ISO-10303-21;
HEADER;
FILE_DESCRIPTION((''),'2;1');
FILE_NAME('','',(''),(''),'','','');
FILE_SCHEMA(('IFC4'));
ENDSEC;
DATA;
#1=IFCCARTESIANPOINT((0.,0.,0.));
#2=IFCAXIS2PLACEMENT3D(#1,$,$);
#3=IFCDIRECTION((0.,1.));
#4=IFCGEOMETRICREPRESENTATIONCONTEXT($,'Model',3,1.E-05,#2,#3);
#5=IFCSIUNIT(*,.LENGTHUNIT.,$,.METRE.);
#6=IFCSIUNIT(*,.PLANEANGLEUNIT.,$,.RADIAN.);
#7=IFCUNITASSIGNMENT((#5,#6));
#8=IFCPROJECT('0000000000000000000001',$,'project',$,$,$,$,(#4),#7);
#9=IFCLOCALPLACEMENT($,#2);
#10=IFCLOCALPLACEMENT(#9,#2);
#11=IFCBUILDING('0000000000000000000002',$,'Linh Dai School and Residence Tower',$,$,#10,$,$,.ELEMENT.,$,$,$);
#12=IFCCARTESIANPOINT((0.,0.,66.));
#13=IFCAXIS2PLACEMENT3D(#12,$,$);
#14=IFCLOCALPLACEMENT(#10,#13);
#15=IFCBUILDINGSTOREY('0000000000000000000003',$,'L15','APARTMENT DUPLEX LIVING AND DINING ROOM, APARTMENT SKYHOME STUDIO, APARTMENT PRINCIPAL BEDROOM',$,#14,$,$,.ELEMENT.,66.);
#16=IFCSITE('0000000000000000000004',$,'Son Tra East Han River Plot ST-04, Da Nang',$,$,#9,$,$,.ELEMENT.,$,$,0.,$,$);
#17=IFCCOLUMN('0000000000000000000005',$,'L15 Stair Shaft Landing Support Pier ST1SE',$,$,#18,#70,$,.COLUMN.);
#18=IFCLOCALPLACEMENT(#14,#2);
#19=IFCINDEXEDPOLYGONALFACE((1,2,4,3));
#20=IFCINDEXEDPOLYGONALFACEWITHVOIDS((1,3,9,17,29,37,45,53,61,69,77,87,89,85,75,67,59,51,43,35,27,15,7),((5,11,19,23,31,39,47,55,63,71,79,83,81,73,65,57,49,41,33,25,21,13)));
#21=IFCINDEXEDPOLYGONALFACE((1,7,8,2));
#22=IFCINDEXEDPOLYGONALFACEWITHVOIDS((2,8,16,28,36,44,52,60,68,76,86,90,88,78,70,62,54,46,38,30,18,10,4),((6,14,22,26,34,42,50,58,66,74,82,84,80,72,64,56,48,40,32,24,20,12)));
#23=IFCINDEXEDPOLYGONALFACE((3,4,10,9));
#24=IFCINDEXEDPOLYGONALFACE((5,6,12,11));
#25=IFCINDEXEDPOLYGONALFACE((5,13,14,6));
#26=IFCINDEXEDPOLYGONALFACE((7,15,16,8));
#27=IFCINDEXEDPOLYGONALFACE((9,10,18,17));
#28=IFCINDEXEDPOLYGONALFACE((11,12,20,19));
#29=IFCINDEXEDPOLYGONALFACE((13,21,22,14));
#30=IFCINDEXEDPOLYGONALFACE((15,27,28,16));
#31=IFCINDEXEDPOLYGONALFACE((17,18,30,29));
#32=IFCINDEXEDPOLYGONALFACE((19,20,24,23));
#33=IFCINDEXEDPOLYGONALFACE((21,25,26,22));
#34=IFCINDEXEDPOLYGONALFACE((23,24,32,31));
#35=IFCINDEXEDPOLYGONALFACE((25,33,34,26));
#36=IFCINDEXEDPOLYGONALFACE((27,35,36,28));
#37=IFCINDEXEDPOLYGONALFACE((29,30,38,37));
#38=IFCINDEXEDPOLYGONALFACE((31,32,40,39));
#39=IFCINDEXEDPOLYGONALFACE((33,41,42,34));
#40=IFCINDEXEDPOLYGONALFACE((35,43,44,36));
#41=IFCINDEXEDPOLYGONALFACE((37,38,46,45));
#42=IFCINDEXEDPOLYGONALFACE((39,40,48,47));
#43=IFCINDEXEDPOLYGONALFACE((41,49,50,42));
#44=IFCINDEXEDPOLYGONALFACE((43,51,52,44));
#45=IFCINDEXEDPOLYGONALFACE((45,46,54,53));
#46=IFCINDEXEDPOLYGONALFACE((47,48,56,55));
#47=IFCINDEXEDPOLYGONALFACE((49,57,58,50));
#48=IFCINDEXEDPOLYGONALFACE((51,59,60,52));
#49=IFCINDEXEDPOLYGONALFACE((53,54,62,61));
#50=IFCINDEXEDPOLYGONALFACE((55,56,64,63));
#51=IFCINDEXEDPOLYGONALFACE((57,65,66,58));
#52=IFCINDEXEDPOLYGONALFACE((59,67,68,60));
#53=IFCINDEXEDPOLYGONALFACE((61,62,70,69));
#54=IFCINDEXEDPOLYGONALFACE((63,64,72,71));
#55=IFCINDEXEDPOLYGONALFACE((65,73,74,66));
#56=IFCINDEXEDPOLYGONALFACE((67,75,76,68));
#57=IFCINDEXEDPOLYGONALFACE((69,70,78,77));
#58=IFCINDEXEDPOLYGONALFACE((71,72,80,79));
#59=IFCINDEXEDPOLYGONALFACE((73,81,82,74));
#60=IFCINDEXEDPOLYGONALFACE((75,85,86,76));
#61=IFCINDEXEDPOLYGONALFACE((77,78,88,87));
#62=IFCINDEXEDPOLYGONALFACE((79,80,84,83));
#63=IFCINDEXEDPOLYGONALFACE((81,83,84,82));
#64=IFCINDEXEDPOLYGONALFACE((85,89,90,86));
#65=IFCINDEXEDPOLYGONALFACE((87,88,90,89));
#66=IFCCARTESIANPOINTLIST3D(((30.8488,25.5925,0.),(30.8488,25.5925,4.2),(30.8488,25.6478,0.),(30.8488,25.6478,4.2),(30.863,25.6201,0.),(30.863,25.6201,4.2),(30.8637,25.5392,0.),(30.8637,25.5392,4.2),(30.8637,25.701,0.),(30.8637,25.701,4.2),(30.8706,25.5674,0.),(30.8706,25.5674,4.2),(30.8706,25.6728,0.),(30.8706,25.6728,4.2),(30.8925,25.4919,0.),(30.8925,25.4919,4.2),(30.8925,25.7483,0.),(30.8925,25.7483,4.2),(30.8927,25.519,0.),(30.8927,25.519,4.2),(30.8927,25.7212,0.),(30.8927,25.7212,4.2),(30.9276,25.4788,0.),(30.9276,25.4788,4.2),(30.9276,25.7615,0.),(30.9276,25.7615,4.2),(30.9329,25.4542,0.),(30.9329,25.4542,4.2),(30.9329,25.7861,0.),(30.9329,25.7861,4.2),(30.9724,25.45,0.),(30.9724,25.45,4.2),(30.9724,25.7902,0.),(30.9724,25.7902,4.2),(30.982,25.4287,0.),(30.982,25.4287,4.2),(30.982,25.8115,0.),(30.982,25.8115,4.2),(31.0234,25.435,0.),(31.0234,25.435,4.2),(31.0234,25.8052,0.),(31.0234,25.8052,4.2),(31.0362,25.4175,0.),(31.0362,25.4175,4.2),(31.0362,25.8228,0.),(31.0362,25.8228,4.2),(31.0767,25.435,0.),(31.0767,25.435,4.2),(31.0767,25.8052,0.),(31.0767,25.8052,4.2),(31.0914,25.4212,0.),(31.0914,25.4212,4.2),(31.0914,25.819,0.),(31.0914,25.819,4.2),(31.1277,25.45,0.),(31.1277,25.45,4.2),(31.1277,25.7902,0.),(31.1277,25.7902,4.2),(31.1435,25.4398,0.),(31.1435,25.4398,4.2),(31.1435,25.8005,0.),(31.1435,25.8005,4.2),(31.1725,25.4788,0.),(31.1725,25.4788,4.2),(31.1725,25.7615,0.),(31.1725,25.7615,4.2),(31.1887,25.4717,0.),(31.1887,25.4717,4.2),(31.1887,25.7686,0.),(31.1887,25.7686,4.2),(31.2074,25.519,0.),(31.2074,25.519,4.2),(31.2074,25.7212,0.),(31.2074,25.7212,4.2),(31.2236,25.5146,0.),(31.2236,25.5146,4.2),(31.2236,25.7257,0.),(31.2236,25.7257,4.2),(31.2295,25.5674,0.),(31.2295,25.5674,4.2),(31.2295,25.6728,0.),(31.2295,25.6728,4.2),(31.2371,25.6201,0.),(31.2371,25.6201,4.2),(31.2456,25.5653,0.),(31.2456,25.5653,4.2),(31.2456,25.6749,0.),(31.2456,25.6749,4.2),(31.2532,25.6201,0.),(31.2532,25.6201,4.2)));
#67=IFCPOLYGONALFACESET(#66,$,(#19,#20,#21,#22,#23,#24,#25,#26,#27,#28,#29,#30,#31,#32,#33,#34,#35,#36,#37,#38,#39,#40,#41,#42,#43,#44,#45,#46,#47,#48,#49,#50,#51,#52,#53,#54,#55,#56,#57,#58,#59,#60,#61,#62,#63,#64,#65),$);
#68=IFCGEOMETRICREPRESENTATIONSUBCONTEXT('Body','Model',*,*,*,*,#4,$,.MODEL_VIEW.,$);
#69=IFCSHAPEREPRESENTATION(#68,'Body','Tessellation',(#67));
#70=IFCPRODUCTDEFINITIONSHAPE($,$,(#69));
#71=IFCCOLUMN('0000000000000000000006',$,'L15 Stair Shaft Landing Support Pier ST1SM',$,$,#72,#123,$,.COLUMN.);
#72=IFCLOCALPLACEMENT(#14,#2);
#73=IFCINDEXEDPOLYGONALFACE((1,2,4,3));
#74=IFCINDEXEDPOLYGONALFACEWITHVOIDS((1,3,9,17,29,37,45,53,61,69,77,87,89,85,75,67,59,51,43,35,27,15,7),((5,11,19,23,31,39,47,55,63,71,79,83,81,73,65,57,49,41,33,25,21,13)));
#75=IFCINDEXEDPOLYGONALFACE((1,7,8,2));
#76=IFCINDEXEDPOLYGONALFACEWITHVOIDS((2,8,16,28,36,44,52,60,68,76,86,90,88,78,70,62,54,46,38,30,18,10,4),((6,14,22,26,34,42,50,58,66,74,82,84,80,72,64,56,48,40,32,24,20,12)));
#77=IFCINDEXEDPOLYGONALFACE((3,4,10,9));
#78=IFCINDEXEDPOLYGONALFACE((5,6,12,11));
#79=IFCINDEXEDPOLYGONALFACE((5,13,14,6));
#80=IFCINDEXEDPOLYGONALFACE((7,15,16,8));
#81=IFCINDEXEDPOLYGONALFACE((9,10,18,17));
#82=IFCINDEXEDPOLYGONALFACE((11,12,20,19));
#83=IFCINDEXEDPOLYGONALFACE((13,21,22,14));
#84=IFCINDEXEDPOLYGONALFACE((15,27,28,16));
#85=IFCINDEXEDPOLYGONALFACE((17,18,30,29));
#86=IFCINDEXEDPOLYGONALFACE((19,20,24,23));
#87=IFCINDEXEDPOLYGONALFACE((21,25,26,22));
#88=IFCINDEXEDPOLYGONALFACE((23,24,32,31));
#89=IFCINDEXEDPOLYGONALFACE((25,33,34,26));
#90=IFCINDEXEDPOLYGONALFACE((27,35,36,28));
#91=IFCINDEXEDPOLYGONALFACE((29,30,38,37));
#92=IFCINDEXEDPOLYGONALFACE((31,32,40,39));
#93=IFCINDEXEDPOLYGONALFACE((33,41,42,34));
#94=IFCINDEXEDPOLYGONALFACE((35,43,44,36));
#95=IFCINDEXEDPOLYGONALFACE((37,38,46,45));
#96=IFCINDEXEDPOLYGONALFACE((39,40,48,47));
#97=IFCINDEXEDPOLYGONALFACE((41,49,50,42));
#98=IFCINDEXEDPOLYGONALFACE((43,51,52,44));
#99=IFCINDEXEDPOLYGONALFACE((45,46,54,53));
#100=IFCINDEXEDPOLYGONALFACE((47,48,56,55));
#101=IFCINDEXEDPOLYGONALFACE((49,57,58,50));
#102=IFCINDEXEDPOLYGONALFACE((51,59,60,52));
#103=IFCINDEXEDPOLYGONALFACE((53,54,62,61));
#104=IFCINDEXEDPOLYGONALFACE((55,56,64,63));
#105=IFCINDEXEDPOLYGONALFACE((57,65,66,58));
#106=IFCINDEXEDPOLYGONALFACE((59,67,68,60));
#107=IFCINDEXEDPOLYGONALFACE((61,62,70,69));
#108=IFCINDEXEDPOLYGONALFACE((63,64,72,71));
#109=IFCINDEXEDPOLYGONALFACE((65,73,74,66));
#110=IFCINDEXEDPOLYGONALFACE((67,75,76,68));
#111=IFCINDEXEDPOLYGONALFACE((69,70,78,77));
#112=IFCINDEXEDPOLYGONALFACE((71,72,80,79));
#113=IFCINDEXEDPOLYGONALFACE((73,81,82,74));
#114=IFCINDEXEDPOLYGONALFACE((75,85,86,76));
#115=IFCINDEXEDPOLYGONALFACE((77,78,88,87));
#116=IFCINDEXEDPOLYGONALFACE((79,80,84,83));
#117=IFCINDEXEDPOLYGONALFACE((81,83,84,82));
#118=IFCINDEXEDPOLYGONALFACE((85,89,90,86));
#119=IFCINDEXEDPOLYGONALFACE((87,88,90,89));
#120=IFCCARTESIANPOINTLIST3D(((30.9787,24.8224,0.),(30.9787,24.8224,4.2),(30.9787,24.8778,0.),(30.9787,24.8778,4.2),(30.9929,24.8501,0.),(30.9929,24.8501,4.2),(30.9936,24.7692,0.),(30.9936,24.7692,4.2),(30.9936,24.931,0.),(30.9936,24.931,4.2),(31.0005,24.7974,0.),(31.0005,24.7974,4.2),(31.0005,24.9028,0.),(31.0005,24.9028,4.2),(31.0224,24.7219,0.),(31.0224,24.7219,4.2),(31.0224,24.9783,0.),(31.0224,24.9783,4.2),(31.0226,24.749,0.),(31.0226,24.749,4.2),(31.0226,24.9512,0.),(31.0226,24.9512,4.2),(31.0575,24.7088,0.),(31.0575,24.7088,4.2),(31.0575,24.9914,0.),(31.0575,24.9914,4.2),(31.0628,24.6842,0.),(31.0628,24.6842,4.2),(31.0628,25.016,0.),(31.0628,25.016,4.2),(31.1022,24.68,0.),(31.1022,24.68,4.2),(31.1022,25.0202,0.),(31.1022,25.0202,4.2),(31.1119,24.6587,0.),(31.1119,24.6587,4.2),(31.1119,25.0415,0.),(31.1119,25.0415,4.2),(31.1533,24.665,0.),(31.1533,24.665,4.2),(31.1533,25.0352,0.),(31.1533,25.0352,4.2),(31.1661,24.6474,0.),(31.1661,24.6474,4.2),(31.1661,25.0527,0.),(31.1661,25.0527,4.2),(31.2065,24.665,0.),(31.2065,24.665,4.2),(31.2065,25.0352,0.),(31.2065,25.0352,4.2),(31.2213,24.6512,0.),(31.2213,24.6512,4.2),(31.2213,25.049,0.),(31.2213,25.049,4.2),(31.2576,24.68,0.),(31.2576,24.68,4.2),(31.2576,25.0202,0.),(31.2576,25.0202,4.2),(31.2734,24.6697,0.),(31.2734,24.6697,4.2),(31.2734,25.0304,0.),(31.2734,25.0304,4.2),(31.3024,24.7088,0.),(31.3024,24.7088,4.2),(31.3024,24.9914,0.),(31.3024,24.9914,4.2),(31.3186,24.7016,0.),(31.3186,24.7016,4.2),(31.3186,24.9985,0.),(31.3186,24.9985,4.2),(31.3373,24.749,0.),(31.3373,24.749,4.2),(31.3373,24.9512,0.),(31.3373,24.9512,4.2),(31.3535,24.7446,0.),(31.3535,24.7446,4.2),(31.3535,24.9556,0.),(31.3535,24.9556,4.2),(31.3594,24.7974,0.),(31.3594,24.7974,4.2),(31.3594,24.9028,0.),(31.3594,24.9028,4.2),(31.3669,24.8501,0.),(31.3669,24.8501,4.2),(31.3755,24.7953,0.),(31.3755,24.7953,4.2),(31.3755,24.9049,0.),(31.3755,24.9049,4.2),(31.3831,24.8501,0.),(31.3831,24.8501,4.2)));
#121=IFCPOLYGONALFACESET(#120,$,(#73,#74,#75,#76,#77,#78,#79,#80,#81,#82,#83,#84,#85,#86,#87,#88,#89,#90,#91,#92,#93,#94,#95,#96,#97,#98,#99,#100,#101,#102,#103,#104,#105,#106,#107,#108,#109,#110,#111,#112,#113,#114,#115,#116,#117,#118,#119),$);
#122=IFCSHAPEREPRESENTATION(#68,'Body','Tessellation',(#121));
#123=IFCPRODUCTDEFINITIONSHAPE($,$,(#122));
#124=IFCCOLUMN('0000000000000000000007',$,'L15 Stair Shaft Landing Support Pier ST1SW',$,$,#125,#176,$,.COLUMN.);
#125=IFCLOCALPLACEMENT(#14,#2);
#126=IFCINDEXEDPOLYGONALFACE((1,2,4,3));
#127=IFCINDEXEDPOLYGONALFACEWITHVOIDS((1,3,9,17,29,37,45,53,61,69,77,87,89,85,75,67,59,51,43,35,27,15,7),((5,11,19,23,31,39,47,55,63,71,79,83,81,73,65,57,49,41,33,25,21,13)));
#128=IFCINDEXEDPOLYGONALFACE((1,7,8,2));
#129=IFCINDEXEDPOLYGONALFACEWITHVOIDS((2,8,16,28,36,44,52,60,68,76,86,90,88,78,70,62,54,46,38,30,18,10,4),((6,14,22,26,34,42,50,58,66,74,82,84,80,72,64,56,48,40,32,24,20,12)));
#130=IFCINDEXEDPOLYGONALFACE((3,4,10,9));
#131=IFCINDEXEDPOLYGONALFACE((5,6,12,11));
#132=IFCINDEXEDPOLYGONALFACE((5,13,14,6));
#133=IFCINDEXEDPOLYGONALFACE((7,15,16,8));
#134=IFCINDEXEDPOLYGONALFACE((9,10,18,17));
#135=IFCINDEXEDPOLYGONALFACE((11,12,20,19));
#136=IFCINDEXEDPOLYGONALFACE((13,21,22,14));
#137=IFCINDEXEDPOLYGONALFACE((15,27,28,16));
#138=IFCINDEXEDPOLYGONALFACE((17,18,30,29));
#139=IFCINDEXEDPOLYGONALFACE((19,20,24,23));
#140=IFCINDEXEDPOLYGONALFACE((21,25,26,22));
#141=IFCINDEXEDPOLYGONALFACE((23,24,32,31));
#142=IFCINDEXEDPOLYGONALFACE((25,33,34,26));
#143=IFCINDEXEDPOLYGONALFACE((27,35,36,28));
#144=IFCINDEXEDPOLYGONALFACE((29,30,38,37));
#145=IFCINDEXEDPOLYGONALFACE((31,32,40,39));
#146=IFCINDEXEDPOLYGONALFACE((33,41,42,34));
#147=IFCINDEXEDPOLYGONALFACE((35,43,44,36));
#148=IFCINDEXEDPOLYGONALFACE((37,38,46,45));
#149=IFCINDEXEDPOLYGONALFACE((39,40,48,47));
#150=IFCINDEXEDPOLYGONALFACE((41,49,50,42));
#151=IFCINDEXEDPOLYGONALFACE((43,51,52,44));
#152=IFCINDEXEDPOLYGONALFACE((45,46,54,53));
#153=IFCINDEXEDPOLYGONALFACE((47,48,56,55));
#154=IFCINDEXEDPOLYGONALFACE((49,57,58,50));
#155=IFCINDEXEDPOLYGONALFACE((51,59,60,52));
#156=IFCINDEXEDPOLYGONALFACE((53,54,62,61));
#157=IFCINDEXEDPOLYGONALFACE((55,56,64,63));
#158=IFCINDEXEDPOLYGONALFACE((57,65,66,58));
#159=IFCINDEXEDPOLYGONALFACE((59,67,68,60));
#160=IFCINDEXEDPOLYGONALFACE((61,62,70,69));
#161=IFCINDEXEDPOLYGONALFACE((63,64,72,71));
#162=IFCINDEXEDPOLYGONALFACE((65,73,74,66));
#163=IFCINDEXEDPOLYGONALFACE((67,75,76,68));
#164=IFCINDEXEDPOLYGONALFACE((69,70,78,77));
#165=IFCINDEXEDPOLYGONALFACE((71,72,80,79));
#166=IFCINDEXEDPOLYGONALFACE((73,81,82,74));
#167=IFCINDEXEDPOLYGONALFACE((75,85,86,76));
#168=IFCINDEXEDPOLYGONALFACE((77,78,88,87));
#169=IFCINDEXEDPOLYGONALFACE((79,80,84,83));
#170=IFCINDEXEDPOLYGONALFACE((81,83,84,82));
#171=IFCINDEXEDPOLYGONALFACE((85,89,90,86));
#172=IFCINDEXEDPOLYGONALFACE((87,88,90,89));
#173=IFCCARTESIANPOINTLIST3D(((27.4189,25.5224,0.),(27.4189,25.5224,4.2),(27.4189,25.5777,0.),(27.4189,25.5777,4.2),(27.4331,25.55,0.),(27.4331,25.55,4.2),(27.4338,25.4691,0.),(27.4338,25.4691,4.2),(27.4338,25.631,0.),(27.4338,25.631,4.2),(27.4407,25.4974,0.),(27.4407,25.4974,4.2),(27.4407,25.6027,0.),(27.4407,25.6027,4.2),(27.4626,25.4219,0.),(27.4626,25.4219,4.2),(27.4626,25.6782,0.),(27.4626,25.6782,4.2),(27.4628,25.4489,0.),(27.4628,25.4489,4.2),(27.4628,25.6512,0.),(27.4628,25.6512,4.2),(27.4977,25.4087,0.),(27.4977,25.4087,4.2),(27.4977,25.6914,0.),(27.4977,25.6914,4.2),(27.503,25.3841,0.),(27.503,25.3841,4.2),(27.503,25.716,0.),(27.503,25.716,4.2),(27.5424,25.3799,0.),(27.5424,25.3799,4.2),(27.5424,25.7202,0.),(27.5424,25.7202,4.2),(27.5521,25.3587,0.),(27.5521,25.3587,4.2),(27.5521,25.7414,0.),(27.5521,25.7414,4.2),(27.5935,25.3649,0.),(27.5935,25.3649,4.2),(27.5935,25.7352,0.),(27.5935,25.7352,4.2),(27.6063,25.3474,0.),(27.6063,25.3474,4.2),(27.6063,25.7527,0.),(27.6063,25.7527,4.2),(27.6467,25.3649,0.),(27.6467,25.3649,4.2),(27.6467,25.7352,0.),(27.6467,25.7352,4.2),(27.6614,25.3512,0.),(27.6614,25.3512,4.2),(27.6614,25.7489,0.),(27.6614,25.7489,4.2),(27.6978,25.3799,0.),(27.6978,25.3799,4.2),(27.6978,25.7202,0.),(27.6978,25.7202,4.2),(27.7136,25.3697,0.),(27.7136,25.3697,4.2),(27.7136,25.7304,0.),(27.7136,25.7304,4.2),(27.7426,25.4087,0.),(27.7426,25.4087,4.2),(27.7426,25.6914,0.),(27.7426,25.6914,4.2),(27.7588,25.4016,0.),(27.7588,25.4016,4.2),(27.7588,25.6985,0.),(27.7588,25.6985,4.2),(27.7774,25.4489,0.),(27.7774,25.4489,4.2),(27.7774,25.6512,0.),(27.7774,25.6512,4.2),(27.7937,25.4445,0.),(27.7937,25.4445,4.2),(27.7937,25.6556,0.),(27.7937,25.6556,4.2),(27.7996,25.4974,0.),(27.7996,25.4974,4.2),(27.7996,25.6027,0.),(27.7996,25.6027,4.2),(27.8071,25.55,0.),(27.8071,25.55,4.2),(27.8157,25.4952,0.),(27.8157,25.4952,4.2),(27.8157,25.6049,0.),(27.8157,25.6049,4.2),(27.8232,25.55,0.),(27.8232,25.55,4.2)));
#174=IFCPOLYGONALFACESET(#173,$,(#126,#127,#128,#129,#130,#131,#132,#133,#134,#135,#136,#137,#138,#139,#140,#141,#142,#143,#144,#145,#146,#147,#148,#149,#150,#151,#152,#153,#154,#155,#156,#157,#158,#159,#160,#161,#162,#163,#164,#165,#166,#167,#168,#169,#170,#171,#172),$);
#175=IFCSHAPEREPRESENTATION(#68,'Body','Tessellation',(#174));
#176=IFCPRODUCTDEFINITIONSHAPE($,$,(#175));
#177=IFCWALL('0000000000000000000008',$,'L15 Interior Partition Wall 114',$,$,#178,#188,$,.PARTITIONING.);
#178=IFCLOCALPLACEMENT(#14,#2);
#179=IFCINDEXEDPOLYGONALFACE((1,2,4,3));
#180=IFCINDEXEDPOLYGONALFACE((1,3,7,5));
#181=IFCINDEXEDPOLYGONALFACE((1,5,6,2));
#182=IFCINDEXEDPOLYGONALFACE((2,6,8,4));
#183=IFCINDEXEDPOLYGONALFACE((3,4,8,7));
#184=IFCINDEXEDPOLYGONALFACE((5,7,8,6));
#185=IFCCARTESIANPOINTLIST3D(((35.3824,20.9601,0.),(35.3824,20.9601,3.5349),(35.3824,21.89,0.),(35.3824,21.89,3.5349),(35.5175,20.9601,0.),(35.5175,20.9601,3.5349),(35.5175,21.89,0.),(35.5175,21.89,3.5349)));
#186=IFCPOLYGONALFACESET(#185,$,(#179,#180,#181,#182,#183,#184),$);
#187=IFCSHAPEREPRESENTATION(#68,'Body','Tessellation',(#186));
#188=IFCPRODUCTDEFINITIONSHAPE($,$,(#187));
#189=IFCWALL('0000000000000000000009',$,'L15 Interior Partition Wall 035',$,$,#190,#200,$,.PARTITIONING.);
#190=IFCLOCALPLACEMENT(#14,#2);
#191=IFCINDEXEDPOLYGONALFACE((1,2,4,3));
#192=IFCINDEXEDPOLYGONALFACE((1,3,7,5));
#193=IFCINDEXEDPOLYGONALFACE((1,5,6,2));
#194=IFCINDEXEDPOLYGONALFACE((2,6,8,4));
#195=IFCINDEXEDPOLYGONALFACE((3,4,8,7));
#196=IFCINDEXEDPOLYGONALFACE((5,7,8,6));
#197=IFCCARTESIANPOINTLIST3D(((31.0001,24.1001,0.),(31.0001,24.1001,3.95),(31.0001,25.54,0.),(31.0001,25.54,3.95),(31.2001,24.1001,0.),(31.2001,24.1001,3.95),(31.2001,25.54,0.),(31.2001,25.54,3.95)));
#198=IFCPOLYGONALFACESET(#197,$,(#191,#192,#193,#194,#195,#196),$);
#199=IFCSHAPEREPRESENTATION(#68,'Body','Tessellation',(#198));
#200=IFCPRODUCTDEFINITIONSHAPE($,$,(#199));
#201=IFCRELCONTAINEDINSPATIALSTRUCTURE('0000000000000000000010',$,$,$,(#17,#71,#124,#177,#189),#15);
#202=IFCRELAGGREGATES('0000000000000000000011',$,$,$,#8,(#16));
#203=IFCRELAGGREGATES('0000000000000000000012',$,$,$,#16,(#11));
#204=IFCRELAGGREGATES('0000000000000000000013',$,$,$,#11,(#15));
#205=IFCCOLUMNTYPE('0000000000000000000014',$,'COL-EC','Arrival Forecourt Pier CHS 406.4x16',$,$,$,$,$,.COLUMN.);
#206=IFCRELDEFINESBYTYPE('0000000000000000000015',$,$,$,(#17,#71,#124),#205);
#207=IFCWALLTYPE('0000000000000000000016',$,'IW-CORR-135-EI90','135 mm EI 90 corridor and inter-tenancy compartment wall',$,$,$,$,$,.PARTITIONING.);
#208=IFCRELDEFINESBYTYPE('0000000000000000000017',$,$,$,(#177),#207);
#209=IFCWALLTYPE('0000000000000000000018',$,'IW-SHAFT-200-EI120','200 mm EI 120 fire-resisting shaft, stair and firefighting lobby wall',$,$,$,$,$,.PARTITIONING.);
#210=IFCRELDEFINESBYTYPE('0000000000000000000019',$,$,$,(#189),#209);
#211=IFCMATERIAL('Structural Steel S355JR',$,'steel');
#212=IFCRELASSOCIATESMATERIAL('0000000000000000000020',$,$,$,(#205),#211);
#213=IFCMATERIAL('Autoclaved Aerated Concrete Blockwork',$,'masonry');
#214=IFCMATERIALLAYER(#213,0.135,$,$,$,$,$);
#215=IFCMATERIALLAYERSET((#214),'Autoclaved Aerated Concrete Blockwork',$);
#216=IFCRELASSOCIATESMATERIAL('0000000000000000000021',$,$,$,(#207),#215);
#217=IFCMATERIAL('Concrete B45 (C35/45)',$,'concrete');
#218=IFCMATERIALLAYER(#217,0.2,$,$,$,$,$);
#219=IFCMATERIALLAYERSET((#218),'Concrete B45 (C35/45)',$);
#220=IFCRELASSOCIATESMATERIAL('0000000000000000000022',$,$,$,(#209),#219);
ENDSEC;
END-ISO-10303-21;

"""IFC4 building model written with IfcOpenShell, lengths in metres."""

from ifc_helpers import new_model, si_unit, direction, frame, frame_2d, origin, origin_2d, place, context, subcontext, project, spatial, rectangle, hollow_circle, extrude, material, layer, layer_set, material_profile, profile_set, type_object, element, save


model = new_model("IFC4")

# Units and contexts
model_context = context("Model", 3, precision=1e-05, world=origin(), true_north=direction((0.0, 1.0)))
body_context = subcontext(model_context, "Body", "Model", "MODEL_VIEW")
ifc_project = project(units=[si_unit("LENGTHUNIT", "METRE"), si_unit("PLANEANGLEUNIT", "RADIAN")], contexts=[model_context])

# Site, building, storey
site_placement = place(None, origin())
site = spatial("IfcSite", under=ifc_project, at=site_placement, Name="Son Tra East Han River Plot ST-04, Da Nang", CompositionType="ELEMENT", RefElevation=0.0)
building_placement = place(site_placement, origin())
building = spatial("IfcBuilding", under=site, at=building_placement, Name="Linh Dai School and Residence Tower", CompositionType="ELEMENT")
storey_placement = place(building_placement, frame((0.0, 0.0, 66.0)))
storey = spatial("IfcBuildingStorey", under=building, at=storey_placement, Name="L15", Description="APARTMENT DUPLEX LIVING AND DINING ROOM, APARTMENT SKYHOME STUDIO, APARTMENT PRINCIPAL BEDROOM", CompositionType="ELEMENT", Elevation=66.0)

# Columns
ifc_material_1 = material(Name="Structural Steel S355JR", Category="steel")
ifc_material_profile = material_profile(ifc_material_1, hollow_circle(Radius=0.2031, WallThickness=0.0161, at=origin_2d()), Name="CHS 406.4x16")
ifc_profile_set = profile_set([ifc_material_profile], Name="Structural Steel S355JR")
column_type = type_object("IfcColumnType", Name="COL-EC", Description="Arrival Forecourt Pier CHS 406.4x16", PredefinedType="COLUMN", material=ifc_profile_set)
for number, where, z_axis, x_axis, name in (
    (1, (31.05, 25.6201, 0.0), (0.0, 0.0, 1.0), (1.0, 0.0, 0.0), "L15 Stair Shaft Landing Support Pier ST1SE"),
    (2, (31.1799, 24.8501, 0.0), (0.0, 0.0, 1.0), (1.0, 0.0, 0.0), "L15 Stair Shaft Landing Support Pier ST1SM"),
    (3, (27.6201, 25.55, 0.0), (0.0, 0.0, 1.0), (1.0, 0.0, 0.0), "L15 Stair Shaft Landing Support Pier ST1SW"),
):
    element("IfcColumn", number, at=place(storey_placement, frame(where, z_axis=z_axis, x_axis=x_axis)), inside=storey, type_object=column_type, Name=name, PredefinedType="COLUMN", context=body_context, shape_type="SweptSolid", body=[
        extrude(hollow_circle(Radius=0.2031, WallThickness=0.0161, at=origin_2d()), origin(), (0.0, 0.0, 1.0), 4.2),
    ])

# Wall
ifc_material_2 = material(Name="Autoclaved Aerated Concrete Blockwork", Category="masonry")
ifc_layer_1 = layer(ifc_material_2, 0.135)
ifc_layer_set_1 = layer_set([ifc_layer_1], Name="Autoclaved Aerated Concrete Blockwork")
wall_type_1 = type_object("IfcWallType", Name="IW-CORR-135-EI90", Description="135 mm EI 90 corridor and inter-tenancy compartment wall", PredefinedType="PARTITIONING", material=ifc_layer_set_1)
wall_1_placement = place(storey_placement, frame((35.45, 21.8899, 0.0), z_axis=(0.0, 0.0, 1.0), x_axis=(0.0, -1.0, 0.0)))
element("IfcWall", 4, at=wall_1_placement, inside=storey, type_object=wall_type_1, Name="L15 Interior Partition Wall 114", PredefinedType="PARTITIONING", context=body_context, shape_type="SweptSolid", body=[
    extrude(rectangle(XDim=0.9299, YDim=0.135, at=frame_2d((0.4648, 0.0))), origin(), (0.0, 0.0, 1.0), 3.5349),
])

# Shared definitions
ifc_material_3 = material(Name="Concrete B45 (C35/45)", Category="concrete")
ifc_layer_2 = layer(ifc_material_3, 0.2)
ifc_layer_set_2 = layer_set([ifc_layer_2], Name="Concrete B45 (C35/45)")
wall_type_2 = type_object("IfcWallType", Name="IW-SHAFT-200-EI120", Description="200 mm EI 120 fire-resisting shaft, stair and firefighting lobby wall", PredefinedType="PARTITIONING", material=ifc_layer_set_2)

# Wall
wall_2_placement = place(storey_placement, frame((31.1001, 24.1001, 0.0), z_axis=(0.0, 0.0, 1.0), x_axis=(0.0, 1.0, 0.0)))
element("IfcWall", 5, at=wall_2_placement, inside=storey, type_object=wall_type_2, Name="L15 Interior Partition Wall 035", PredefinedType="PARTITIONING", context=body_context, shape_type="SweptSolid", body=[
    extrude(rectangle(XDim=1.4399, YDim=0.2, at=frame_2d((0.72, 0.0))), origin(), (0.0, 0.0, 1.0), 3.95),
])

save(model, "model.ifc")
